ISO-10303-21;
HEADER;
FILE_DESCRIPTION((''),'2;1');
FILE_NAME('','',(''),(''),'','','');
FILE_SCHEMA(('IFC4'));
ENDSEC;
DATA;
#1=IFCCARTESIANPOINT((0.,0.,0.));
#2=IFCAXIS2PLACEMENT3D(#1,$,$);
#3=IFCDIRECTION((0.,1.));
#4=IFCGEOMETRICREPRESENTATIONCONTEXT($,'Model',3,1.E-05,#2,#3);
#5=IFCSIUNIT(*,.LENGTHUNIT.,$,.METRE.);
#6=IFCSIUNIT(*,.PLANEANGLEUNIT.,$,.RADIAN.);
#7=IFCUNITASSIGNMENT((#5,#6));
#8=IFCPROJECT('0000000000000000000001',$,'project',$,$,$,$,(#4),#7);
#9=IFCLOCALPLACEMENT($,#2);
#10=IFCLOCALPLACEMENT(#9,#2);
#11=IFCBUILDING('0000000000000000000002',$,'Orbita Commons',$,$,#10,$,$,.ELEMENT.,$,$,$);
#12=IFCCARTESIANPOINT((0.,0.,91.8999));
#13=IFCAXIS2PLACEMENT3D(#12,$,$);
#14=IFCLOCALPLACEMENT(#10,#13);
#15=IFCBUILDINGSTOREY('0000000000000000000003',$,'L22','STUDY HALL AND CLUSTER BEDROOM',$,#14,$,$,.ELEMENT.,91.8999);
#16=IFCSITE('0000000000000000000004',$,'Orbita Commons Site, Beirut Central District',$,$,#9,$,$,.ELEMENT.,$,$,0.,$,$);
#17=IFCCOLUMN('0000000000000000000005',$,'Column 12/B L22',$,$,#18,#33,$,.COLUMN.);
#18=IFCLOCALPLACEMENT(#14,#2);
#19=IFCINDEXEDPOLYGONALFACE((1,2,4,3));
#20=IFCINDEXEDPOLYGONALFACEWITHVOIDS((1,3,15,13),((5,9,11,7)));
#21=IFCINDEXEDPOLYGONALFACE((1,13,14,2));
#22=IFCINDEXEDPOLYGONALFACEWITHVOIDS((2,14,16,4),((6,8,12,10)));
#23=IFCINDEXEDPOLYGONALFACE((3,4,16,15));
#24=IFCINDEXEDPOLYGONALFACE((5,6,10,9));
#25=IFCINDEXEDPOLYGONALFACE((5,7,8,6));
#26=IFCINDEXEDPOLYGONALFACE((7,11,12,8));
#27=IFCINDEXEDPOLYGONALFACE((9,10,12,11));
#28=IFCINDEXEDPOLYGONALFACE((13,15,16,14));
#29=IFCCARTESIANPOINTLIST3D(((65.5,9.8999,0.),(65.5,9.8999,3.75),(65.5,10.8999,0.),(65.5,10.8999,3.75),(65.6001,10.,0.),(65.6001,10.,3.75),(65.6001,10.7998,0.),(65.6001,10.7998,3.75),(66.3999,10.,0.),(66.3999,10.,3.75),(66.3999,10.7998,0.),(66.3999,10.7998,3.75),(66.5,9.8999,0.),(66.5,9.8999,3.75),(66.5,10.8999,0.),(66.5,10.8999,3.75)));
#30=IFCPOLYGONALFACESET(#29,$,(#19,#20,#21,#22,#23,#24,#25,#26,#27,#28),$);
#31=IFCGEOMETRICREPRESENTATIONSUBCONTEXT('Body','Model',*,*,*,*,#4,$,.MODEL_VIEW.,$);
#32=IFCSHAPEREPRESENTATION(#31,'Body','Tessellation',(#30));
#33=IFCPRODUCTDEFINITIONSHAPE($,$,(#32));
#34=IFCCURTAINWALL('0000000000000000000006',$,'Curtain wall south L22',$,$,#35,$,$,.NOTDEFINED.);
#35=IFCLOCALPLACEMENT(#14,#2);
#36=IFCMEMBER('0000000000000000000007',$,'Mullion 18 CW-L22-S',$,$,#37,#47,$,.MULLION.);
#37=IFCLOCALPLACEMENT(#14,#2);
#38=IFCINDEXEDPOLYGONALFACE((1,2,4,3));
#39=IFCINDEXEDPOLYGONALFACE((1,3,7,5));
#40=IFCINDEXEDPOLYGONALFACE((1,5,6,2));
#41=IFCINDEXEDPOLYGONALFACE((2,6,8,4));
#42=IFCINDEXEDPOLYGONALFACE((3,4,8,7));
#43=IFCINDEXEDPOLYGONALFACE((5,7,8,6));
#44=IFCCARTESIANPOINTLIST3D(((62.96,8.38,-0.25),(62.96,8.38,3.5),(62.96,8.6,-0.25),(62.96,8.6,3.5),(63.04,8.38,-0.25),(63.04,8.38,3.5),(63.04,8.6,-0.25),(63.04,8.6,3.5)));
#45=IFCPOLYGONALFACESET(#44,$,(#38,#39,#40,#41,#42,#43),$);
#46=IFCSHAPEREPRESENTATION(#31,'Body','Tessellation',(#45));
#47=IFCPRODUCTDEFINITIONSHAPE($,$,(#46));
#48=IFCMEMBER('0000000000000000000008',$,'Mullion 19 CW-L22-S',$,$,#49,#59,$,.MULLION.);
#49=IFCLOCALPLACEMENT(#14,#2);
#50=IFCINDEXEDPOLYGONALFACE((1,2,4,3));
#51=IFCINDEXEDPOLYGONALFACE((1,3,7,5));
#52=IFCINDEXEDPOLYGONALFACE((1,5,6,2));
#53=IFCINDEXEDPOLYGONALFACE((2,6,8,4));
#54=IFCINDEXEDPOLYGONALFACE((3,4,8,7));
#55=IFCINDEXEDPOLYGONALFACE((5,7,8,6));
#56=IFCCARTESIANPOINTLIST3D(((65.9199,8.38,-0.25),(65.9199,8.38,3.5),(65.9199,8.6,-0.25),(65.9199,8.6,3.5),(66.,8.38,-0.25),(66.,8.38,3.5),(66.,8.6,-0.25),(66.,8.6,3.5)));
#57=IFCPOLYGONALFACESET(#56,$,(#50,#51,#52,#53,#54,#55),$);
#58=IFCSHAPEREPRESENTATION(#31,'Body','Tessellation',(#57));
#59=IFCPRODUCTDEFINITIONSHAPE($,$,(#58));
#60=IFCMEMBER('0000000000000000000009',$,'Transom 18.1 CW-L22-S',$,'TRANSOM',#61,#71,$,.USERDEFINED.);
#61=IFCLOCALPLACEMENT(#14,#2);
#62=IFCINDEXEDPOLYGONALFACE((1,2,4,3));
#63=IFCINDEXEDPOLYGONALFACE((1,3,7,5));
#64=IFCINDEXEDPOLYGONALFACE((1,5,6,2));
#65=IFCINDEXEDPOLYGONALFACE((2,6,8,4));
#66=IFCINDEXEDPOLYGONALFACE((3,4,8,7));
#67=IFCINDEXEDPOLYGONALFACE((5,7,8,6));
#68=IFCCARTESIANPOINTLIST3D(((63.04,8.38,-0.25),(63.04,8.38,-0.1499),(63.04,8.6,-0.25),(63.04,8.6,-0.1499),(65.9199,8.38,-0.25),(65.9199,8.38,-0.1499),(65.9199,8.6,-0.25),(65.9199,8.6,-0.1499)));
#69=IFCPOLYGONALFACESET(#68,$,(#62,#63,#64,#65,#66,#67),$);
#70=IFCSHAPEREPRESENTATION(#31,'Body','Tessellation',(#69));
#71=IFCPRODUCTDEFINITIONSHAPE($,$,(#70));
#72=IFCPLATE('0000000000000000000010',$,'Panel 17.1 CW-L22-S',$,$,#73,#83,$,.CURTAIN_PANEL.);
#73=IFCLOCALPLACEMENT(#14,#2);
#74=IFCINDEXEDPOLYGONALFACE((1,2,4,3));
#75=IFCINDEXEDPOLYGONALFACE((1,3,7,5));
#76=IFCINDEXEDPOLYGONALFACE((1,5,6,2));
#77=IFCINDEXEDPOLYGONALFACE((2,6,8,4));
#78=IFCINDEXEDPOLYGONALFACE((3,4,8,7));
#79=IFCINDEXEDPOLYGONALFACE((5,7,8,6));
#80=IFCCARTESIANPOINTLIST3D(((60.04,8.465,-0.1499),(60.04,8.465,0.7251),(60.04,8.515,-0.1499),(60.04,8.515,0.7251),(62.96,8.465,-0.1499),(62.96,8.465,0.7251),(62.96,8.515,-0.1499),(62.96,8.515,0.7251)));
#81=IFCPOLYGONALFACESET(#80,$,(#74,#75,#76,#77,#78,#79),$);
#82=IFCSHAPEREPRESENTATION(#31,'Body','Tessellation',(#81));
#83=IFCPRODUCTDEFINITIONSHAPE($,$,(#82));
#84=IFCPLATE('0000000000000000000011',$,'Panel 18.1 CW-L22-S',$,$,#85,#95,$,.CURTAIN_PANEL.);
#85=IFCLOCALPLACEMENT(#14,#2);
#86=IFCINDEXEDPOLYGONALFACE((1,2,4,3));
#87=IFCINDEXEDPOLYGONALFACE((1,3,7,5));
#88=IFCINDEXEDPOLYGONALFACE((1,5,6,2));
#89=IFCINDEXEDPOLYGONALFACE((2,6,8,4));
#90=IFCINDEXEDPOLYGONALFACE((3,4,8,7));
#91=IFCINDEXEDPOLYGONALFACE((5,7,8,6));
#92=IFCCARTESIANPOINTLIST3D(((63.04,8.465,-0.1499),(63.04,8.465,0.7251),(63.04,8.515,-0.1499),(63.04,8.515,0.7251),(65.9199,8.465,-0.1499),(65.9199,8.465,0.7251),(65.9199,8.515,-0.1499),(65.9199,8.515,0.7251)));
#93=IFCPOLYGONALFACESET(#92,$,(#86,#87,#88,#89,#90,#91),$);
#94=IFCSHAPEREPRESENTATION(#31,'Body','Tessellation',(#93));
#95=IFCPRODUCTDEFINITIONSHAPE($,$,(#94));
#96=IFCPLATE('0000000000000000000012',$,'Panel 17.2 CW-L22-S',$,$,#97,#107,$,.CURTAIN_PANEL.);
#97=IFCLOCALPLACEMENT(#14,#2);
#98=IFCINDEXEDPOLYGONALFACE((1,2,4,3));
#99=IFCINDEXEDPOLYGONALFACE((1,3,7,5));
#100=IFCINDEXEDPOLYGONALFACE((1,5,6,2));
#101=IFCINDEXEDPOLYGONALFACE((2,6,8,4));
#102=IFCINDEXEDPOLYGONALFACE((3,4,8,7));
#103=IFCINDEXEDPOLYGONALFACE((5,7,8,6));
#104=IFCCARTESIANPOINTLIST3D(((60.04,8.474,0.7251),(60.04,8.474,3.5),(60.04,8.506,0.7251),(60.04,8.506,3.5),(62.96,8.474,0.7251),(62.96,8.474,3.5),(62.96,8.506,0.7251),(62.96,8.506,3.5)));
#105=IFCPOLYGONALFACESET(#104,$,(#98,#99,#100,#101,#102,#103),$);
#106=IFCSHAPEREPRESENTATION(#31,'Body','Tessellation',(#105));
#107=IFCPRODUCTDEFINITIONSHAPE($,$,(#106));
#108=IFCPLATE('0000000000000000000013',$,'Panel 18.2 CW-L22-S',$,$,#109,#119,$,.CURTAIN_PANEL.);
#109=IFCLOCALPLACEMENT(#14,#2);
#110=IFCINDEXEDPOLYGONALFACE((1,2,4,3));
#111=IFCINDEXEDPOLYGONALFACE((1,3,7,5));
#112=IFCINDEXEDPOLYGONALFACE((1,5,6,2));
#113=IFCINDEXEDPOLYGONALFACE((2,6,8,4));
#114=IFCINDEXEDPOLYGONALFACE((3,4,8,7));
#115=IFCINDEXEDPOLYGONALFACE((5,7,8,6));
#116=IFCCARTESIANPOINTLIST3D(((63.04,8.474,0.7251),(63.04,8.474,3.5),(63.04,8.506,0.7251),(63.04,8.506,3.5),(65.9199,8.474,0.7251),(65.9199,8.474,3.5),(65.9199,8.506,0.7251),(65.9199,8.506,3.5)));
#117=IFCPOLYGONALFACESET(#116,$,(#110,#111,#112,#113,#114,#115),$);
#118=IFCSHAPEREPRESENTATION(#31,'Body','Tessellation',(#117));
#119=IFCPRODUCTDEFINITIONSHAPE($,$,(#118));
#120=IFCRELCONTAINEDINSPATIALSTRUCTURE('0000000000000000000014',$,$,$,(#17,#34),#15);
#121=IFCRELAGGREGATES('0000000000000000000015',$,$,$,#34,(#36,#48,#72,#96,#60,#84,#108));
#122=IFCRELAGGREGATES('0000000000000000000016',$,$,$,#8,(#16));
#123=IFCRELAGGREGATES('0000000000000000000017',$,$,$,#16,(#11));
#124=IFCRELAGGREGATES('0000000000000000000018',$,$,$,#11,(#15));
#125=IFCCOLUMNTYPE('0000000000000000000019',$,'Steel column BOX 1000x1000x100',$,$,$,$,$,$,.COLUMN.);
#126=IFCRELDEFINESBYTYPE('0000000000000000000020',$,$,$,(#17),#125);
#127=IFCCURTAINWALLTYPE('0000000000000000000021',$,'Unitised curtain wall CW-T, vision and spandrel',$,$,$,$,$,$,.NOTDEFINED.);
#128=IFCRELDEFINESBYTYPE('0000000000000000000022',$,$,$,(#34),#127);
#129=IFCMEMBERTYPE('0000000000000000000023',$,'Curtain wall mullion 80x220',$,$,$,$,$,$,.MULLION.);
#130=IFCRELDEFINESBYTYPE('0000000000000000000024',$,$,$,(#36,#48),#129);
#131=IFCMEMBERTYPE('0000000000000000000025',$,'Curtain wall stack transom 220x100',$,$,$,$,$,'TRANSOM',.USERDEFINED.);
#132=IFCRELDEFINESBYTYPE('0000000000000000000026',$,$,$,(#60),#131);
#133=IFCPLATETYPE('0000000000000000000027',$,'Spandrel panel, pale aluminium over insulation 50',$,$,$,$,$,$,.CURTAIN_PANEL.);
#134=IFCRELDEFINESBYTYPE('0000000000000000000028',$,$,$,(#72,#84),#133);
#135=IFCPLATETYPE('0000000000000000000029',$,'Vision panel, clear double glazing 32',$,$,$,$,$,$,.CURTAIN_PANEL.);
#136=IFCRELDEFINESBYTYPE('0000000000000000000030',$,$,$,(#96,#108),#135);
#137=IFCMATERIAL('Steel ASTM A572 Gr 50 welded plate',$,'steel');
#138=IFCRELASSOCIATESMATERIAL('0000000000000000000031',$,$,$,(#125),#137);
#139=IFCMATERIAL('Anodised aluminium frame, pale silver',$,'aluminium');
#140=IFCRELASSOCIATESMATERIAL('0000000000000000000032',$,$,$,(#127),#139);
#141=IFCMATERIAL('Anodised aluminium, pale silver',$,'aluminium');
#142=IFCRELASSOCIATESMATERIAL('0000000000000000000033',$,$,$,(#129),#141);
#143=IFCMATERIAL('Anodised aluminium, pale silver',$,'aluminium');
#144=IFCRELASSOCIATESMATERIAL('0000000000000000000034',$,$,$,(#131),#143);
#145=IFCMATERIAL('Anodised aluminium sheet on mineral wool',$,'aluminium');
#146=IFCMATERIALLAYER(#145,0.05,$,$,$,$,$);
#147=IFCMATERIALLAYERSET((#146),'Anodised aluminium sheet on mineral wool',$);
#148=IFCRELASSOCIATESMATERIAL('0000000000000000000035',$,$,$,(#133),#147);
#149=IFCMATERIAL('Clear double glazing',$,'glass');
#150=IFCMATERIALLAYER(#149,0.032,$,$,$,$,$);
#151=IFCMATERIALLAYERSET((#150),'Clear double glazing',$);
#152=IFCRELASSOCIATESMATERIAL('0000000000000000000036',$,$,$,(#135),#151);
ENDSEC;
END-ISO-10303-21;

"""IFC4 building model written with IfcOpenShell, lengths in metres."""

from ifc_helpers import new_model, si_unit, direction, frame, origin, origin_2d, place, context, subcontext, project, spatial, rectangle, hollow_rectangle, extrude, material, layer, layer_set, material_profile, profile_set, type_object, element, aggregate, save


model = new_model("IFC4")

# Units and contexts
model_context = context("Model", 3, precision=1e-05, world=origin(), true_north=direction((0.0, 1.0)))
body_context = subcontext(model_context, "Body", "Model", "MODEL_VIEW")
ifc_project = project(units=[si_unit("LENGTHUNIT", "METRE"), si_unit("PLANEANGLEUNIT", "RADIAN")], contexts=[model_context])

# Site, building, storey
site_placement = place(None, origin())
site = spatial("IfcSite", under=ifc_project, at=site_placement, Name="Orbita Commons Site, Beirut Central District", CompositionType="ELEMENT", RefElevation=0.0)
building_placement = place(site_placement, origin())
building = spatial("IfcBuilding", under=site, at=building_placement, Name="Orbita Commons", CompositionType="ELEMENT")
storey_placement = place(building_placement, frame((0.0, 0.0, 91.8999)))
storey = spatial("IfcBuildingStorey", under=building, at=storey_placement, Name="L22", Description="STUDY HALL AND CLUSTER BEDROOM", CompositionType="ELEMENT", Elevation=91.8999)

# Column
ifc_material_1 = material(Name="Steel ASTM A572 Gr 50 welded plate", Category="steel")
ifc_material_profile_1 = material_profile(ifc_material_1, hollow_rectangle(XDim=1.0, YDim=1.0, WallThickness=0.1001, at=origin_2d()), Name="BOX 1000x1000x100")
ifc_profile_set_1 = profile_set([ifc_material_profile_1], Name="Steel ASTM A572 Gr 50 welded plate")
column_type = type_object("IfcColumnType", Name="Steel column BOX 1000x1000x100", PredefinedType="COLUMN", material=ifc_profile_set_1)
column_placement = place(storey_placement, frame((66.0, 10.3999, 0.0), z_axis=(0.0, 0.0, 1.0), x_axis=(1.0, 0.0, 0.0)))
element("IfcColumn", 1, at=column_placement, inside=storey, type_object=column_type, Name="Column 12/B L22", PredefinedType="COLUMN", context=body_context, shape_type="SweptSolid", body=[
    extrude(hollow_rectangle(XDim=1.0, YDim=1.0, WallThickness=0.1001, at=origin_2d()), origin(), (0.0, 0.0, 1.0), 3.75),
])

# Curtain wall, members, plates
ifc_material_2 = material(Name="Anodised aluminium frame, pale silver", Category="aluminium")
curtain_wall_type = type_object("IfcCurtainWallType", Name="Unitised curtain wall CW-T, vision and spandrel", PredefinedType="NOTDEFINED", material=ifc_material_2)
curtain_wall_placement = place(storey_placement, origin())
curtain_wall = element("IfcCurtainWall", 2, at=curtain_wall_placement, inside=storey, type_object=curtain_wall_type, Name="Curtain wall south L22", PredefinedType="NOTDEFINED")
ifc_material_3 = material(Name="Anodised aluminium, pale silver", Category="aluminium")
ifc_material_profile_2 = material_profile(ifc_material_3, rectangle(XDim=0.0801, YDim=0.22, at=origin_2d()), Name="AL 80x220")
ifc_profile_set_2 = profile_set([ifc_material_profile_2], Name="Anodised aluminium, pale silver")
member_type_1 = type_object("IfcMemberType", Name="Curtain wall mullion 80x220", PredefinedType="MULLION", material=ifc_profile_set_2)
member_1_placement = place(storey_placement, frame((63.0, 8.49, -0.25), z_axis=(0.0, 0.0, 1.0), x_axis=(1.0, 0.0, 0.0)))
member_1 = element("IfcMember", 3, at=member_1_placement, type_object=member_type_1, Name="Mullion 18 CW-L22-S", PredefinedType="MULLION", context=body_context, shape_type="SweptSolid", body=[
    extrude(rectangle(XDim=0.0801, YDim=0.22, at=origin_2d()), origin(), (0.0, 0.0, 1.0), 3.75),
])
member_2_placement = place(storey_placement, frame((65.96, 8.49, -0.25), z_axis=(0.0, 0.0, 1.0), x_axis=(1.0, 0.0, 0.0)))
member_2 = element("IfcMember", 4, at=member_2_placement, type_object=member_type_1, Name="Mullion 19 CW-L22-S", PredefinedType="MULLION", context=body_context, shape_type="SweptSolid", body=[
    extrude(rectangle(XDim=0.0801, YDim=0.22, at=origin_2d()), origin(), (0.0, 0.0, 1.0), 3.75),
])
ifc_material_4 = material(Name="Anodised aluminium, pale silver", Category="aluminium")
ifc_material_profile_3 = material_profile(ifc_material_4, rectangle(XDim=0.22, YDim=0.1001, at=origin_2d()), Name="AL 220x100")
ifc_profile_set_3 = profile_set([ifc_material_profile_3], Name="Anodised aluminium, pale silver")
member_type_2 = type_object("IfcMemberType", Name="Curtain wall stack transom 220x100", ElementType="TRANSOM", PredefinedType="USERDEFINED", material=ifc_profile_set_3)
member_3_placement = place(storey_placement, frame((63.04, 8.49, -0.2), z_axis=(1.0, 0.0, 0.0), x_axis=(0.0, 1.0, 0.0)))
member_3 = element("IfcMember", 5, at=member_3_placement, type_object=member_type_2, Name="Transom 18.1 CW-L22-S", ObjectType="TRANSOM", PredefinedType="USERDEFINED", context=body_context, shape_type="SweptSolid", body=[
    extrude(rectangle(XDim=0.22, YDim=0.1001, at=origin_2d()), origin(), (0.0, 0.0, 1.0), 2.8799),
])
ifc_material_5 = material(Name="Anodised aluminium sheet on mineral wool", Category="aluminium")
ifc_layer_1 = layer(ifc_material_5, 0.05)
ifc_layer_set_1 = layer_set([ifc_layer_1], Name="Anodised aluminium sheet on mineral wool")
plate_type_1 = type_object("IfcPlateType", Name="Spandrel panel, pale aluminium over insulation 50", PredefinedType="CURTAIN_PANEL", material=ifc_layer_set_1)
plate_1_placement = place(storey_placement, frame((61.5, 8.49, -0.1499), z_axis=(0.0, 0.0, 1.0), x_axis=(1.0, 0.0, 0.0)))
plate_1 = element("IfcPlate", 6, at=plate_1_placement, type_object=plate_type_1, Name="Panel 17.1 CW-L22-S", PredefinedType="CURTAIN_PANEL", context=body_context, shape_type="SweptSolid", body=[
    extrude(rectangle(XDim=2.9199, YDim=0.05, at=origin_2d()), origin(), (0.0, 0.0, 1.0), 0.875),
])
plate_2_placement = place(storey_placement, frame((64.48, 8.49, -0.1499), z_axis=(0.0, 0.0, 1.0), x_axis=(1.0, 0.0, 0.0)))
plate_2 = element("IfcPlate", 7, at=plate_2_placement, type_object=plate_type_1, Name="Panel 18.1 CW-L22-S", PredefinedType="CURTAIN_PANEL", context=body_context, shape_type="SweptSolid", body=[
    extrude(rectangle(XDim=2.8799, YDim=0.05, at=origin_2d()), origin(), (0.0, 0.0, 1.0), 0.875),
])
ifc_material_6 = material(Name="Clear double glazing", Category="glass")
ifc_layer_2 = layer(ifc_material_6, 0.032)
ifc_layer_set_2 = layer_set([ifc_layer_2], Name="Clear double glazing")
plate_type_2 = type_object("IfcPlateType", Name="Vision panel, clear double glazing 32", PredefinedType="CURTAIN_PANEL", material=ifc_layer_set_2)
plate_3_placement = place(storey_placement, frame((61.5, 8.49, 0.7251), z_axis=(0.0, 0.0, 1.0), x_axis=(1.0, 0.0, 0.0)))
plate_3 = element("IfcPlate", 8, at=plate_3_placement, type_object=plate_type_2, Name="Panel 17.2 CW-L22-S", PredefinedType="CURTAIN_PANEL", context=body_context, shape_type="SweptSolid", body=[
    extrude(rectangle(XDim=2.9199, YDim=0.032, at=origin_2d()), origin(), (0.0, 0.0, 1.0), 2.7749),
])
plate_4_placement = place(storey_placement, frame((64.48, 8.49, 0.7251), z_axis=(0.0, 0.0, 1.0), x_axis=(1.0, 0.0, 0.0)))
plate_4 = element("IfcPlate", 9, at=plate_4_placement, type_object=plate_type_2, Name="Panel 18.2 CW-L22-S", PredefinedType="CURTAIN_PANEL", context=body_context, shape_type="SweptSolid", body=[
    extrude(rectangle(XDim=2.8799, YDim=0.032, at=origin_2d()), origin(), (0.0, 0.0, 1.0), 2.7749),
])
aggregate(curtain_wall, [member_1, member_2, plate_1, plate_3, member_3, plate_2, plate_4])

save(model, "model.ifc")
